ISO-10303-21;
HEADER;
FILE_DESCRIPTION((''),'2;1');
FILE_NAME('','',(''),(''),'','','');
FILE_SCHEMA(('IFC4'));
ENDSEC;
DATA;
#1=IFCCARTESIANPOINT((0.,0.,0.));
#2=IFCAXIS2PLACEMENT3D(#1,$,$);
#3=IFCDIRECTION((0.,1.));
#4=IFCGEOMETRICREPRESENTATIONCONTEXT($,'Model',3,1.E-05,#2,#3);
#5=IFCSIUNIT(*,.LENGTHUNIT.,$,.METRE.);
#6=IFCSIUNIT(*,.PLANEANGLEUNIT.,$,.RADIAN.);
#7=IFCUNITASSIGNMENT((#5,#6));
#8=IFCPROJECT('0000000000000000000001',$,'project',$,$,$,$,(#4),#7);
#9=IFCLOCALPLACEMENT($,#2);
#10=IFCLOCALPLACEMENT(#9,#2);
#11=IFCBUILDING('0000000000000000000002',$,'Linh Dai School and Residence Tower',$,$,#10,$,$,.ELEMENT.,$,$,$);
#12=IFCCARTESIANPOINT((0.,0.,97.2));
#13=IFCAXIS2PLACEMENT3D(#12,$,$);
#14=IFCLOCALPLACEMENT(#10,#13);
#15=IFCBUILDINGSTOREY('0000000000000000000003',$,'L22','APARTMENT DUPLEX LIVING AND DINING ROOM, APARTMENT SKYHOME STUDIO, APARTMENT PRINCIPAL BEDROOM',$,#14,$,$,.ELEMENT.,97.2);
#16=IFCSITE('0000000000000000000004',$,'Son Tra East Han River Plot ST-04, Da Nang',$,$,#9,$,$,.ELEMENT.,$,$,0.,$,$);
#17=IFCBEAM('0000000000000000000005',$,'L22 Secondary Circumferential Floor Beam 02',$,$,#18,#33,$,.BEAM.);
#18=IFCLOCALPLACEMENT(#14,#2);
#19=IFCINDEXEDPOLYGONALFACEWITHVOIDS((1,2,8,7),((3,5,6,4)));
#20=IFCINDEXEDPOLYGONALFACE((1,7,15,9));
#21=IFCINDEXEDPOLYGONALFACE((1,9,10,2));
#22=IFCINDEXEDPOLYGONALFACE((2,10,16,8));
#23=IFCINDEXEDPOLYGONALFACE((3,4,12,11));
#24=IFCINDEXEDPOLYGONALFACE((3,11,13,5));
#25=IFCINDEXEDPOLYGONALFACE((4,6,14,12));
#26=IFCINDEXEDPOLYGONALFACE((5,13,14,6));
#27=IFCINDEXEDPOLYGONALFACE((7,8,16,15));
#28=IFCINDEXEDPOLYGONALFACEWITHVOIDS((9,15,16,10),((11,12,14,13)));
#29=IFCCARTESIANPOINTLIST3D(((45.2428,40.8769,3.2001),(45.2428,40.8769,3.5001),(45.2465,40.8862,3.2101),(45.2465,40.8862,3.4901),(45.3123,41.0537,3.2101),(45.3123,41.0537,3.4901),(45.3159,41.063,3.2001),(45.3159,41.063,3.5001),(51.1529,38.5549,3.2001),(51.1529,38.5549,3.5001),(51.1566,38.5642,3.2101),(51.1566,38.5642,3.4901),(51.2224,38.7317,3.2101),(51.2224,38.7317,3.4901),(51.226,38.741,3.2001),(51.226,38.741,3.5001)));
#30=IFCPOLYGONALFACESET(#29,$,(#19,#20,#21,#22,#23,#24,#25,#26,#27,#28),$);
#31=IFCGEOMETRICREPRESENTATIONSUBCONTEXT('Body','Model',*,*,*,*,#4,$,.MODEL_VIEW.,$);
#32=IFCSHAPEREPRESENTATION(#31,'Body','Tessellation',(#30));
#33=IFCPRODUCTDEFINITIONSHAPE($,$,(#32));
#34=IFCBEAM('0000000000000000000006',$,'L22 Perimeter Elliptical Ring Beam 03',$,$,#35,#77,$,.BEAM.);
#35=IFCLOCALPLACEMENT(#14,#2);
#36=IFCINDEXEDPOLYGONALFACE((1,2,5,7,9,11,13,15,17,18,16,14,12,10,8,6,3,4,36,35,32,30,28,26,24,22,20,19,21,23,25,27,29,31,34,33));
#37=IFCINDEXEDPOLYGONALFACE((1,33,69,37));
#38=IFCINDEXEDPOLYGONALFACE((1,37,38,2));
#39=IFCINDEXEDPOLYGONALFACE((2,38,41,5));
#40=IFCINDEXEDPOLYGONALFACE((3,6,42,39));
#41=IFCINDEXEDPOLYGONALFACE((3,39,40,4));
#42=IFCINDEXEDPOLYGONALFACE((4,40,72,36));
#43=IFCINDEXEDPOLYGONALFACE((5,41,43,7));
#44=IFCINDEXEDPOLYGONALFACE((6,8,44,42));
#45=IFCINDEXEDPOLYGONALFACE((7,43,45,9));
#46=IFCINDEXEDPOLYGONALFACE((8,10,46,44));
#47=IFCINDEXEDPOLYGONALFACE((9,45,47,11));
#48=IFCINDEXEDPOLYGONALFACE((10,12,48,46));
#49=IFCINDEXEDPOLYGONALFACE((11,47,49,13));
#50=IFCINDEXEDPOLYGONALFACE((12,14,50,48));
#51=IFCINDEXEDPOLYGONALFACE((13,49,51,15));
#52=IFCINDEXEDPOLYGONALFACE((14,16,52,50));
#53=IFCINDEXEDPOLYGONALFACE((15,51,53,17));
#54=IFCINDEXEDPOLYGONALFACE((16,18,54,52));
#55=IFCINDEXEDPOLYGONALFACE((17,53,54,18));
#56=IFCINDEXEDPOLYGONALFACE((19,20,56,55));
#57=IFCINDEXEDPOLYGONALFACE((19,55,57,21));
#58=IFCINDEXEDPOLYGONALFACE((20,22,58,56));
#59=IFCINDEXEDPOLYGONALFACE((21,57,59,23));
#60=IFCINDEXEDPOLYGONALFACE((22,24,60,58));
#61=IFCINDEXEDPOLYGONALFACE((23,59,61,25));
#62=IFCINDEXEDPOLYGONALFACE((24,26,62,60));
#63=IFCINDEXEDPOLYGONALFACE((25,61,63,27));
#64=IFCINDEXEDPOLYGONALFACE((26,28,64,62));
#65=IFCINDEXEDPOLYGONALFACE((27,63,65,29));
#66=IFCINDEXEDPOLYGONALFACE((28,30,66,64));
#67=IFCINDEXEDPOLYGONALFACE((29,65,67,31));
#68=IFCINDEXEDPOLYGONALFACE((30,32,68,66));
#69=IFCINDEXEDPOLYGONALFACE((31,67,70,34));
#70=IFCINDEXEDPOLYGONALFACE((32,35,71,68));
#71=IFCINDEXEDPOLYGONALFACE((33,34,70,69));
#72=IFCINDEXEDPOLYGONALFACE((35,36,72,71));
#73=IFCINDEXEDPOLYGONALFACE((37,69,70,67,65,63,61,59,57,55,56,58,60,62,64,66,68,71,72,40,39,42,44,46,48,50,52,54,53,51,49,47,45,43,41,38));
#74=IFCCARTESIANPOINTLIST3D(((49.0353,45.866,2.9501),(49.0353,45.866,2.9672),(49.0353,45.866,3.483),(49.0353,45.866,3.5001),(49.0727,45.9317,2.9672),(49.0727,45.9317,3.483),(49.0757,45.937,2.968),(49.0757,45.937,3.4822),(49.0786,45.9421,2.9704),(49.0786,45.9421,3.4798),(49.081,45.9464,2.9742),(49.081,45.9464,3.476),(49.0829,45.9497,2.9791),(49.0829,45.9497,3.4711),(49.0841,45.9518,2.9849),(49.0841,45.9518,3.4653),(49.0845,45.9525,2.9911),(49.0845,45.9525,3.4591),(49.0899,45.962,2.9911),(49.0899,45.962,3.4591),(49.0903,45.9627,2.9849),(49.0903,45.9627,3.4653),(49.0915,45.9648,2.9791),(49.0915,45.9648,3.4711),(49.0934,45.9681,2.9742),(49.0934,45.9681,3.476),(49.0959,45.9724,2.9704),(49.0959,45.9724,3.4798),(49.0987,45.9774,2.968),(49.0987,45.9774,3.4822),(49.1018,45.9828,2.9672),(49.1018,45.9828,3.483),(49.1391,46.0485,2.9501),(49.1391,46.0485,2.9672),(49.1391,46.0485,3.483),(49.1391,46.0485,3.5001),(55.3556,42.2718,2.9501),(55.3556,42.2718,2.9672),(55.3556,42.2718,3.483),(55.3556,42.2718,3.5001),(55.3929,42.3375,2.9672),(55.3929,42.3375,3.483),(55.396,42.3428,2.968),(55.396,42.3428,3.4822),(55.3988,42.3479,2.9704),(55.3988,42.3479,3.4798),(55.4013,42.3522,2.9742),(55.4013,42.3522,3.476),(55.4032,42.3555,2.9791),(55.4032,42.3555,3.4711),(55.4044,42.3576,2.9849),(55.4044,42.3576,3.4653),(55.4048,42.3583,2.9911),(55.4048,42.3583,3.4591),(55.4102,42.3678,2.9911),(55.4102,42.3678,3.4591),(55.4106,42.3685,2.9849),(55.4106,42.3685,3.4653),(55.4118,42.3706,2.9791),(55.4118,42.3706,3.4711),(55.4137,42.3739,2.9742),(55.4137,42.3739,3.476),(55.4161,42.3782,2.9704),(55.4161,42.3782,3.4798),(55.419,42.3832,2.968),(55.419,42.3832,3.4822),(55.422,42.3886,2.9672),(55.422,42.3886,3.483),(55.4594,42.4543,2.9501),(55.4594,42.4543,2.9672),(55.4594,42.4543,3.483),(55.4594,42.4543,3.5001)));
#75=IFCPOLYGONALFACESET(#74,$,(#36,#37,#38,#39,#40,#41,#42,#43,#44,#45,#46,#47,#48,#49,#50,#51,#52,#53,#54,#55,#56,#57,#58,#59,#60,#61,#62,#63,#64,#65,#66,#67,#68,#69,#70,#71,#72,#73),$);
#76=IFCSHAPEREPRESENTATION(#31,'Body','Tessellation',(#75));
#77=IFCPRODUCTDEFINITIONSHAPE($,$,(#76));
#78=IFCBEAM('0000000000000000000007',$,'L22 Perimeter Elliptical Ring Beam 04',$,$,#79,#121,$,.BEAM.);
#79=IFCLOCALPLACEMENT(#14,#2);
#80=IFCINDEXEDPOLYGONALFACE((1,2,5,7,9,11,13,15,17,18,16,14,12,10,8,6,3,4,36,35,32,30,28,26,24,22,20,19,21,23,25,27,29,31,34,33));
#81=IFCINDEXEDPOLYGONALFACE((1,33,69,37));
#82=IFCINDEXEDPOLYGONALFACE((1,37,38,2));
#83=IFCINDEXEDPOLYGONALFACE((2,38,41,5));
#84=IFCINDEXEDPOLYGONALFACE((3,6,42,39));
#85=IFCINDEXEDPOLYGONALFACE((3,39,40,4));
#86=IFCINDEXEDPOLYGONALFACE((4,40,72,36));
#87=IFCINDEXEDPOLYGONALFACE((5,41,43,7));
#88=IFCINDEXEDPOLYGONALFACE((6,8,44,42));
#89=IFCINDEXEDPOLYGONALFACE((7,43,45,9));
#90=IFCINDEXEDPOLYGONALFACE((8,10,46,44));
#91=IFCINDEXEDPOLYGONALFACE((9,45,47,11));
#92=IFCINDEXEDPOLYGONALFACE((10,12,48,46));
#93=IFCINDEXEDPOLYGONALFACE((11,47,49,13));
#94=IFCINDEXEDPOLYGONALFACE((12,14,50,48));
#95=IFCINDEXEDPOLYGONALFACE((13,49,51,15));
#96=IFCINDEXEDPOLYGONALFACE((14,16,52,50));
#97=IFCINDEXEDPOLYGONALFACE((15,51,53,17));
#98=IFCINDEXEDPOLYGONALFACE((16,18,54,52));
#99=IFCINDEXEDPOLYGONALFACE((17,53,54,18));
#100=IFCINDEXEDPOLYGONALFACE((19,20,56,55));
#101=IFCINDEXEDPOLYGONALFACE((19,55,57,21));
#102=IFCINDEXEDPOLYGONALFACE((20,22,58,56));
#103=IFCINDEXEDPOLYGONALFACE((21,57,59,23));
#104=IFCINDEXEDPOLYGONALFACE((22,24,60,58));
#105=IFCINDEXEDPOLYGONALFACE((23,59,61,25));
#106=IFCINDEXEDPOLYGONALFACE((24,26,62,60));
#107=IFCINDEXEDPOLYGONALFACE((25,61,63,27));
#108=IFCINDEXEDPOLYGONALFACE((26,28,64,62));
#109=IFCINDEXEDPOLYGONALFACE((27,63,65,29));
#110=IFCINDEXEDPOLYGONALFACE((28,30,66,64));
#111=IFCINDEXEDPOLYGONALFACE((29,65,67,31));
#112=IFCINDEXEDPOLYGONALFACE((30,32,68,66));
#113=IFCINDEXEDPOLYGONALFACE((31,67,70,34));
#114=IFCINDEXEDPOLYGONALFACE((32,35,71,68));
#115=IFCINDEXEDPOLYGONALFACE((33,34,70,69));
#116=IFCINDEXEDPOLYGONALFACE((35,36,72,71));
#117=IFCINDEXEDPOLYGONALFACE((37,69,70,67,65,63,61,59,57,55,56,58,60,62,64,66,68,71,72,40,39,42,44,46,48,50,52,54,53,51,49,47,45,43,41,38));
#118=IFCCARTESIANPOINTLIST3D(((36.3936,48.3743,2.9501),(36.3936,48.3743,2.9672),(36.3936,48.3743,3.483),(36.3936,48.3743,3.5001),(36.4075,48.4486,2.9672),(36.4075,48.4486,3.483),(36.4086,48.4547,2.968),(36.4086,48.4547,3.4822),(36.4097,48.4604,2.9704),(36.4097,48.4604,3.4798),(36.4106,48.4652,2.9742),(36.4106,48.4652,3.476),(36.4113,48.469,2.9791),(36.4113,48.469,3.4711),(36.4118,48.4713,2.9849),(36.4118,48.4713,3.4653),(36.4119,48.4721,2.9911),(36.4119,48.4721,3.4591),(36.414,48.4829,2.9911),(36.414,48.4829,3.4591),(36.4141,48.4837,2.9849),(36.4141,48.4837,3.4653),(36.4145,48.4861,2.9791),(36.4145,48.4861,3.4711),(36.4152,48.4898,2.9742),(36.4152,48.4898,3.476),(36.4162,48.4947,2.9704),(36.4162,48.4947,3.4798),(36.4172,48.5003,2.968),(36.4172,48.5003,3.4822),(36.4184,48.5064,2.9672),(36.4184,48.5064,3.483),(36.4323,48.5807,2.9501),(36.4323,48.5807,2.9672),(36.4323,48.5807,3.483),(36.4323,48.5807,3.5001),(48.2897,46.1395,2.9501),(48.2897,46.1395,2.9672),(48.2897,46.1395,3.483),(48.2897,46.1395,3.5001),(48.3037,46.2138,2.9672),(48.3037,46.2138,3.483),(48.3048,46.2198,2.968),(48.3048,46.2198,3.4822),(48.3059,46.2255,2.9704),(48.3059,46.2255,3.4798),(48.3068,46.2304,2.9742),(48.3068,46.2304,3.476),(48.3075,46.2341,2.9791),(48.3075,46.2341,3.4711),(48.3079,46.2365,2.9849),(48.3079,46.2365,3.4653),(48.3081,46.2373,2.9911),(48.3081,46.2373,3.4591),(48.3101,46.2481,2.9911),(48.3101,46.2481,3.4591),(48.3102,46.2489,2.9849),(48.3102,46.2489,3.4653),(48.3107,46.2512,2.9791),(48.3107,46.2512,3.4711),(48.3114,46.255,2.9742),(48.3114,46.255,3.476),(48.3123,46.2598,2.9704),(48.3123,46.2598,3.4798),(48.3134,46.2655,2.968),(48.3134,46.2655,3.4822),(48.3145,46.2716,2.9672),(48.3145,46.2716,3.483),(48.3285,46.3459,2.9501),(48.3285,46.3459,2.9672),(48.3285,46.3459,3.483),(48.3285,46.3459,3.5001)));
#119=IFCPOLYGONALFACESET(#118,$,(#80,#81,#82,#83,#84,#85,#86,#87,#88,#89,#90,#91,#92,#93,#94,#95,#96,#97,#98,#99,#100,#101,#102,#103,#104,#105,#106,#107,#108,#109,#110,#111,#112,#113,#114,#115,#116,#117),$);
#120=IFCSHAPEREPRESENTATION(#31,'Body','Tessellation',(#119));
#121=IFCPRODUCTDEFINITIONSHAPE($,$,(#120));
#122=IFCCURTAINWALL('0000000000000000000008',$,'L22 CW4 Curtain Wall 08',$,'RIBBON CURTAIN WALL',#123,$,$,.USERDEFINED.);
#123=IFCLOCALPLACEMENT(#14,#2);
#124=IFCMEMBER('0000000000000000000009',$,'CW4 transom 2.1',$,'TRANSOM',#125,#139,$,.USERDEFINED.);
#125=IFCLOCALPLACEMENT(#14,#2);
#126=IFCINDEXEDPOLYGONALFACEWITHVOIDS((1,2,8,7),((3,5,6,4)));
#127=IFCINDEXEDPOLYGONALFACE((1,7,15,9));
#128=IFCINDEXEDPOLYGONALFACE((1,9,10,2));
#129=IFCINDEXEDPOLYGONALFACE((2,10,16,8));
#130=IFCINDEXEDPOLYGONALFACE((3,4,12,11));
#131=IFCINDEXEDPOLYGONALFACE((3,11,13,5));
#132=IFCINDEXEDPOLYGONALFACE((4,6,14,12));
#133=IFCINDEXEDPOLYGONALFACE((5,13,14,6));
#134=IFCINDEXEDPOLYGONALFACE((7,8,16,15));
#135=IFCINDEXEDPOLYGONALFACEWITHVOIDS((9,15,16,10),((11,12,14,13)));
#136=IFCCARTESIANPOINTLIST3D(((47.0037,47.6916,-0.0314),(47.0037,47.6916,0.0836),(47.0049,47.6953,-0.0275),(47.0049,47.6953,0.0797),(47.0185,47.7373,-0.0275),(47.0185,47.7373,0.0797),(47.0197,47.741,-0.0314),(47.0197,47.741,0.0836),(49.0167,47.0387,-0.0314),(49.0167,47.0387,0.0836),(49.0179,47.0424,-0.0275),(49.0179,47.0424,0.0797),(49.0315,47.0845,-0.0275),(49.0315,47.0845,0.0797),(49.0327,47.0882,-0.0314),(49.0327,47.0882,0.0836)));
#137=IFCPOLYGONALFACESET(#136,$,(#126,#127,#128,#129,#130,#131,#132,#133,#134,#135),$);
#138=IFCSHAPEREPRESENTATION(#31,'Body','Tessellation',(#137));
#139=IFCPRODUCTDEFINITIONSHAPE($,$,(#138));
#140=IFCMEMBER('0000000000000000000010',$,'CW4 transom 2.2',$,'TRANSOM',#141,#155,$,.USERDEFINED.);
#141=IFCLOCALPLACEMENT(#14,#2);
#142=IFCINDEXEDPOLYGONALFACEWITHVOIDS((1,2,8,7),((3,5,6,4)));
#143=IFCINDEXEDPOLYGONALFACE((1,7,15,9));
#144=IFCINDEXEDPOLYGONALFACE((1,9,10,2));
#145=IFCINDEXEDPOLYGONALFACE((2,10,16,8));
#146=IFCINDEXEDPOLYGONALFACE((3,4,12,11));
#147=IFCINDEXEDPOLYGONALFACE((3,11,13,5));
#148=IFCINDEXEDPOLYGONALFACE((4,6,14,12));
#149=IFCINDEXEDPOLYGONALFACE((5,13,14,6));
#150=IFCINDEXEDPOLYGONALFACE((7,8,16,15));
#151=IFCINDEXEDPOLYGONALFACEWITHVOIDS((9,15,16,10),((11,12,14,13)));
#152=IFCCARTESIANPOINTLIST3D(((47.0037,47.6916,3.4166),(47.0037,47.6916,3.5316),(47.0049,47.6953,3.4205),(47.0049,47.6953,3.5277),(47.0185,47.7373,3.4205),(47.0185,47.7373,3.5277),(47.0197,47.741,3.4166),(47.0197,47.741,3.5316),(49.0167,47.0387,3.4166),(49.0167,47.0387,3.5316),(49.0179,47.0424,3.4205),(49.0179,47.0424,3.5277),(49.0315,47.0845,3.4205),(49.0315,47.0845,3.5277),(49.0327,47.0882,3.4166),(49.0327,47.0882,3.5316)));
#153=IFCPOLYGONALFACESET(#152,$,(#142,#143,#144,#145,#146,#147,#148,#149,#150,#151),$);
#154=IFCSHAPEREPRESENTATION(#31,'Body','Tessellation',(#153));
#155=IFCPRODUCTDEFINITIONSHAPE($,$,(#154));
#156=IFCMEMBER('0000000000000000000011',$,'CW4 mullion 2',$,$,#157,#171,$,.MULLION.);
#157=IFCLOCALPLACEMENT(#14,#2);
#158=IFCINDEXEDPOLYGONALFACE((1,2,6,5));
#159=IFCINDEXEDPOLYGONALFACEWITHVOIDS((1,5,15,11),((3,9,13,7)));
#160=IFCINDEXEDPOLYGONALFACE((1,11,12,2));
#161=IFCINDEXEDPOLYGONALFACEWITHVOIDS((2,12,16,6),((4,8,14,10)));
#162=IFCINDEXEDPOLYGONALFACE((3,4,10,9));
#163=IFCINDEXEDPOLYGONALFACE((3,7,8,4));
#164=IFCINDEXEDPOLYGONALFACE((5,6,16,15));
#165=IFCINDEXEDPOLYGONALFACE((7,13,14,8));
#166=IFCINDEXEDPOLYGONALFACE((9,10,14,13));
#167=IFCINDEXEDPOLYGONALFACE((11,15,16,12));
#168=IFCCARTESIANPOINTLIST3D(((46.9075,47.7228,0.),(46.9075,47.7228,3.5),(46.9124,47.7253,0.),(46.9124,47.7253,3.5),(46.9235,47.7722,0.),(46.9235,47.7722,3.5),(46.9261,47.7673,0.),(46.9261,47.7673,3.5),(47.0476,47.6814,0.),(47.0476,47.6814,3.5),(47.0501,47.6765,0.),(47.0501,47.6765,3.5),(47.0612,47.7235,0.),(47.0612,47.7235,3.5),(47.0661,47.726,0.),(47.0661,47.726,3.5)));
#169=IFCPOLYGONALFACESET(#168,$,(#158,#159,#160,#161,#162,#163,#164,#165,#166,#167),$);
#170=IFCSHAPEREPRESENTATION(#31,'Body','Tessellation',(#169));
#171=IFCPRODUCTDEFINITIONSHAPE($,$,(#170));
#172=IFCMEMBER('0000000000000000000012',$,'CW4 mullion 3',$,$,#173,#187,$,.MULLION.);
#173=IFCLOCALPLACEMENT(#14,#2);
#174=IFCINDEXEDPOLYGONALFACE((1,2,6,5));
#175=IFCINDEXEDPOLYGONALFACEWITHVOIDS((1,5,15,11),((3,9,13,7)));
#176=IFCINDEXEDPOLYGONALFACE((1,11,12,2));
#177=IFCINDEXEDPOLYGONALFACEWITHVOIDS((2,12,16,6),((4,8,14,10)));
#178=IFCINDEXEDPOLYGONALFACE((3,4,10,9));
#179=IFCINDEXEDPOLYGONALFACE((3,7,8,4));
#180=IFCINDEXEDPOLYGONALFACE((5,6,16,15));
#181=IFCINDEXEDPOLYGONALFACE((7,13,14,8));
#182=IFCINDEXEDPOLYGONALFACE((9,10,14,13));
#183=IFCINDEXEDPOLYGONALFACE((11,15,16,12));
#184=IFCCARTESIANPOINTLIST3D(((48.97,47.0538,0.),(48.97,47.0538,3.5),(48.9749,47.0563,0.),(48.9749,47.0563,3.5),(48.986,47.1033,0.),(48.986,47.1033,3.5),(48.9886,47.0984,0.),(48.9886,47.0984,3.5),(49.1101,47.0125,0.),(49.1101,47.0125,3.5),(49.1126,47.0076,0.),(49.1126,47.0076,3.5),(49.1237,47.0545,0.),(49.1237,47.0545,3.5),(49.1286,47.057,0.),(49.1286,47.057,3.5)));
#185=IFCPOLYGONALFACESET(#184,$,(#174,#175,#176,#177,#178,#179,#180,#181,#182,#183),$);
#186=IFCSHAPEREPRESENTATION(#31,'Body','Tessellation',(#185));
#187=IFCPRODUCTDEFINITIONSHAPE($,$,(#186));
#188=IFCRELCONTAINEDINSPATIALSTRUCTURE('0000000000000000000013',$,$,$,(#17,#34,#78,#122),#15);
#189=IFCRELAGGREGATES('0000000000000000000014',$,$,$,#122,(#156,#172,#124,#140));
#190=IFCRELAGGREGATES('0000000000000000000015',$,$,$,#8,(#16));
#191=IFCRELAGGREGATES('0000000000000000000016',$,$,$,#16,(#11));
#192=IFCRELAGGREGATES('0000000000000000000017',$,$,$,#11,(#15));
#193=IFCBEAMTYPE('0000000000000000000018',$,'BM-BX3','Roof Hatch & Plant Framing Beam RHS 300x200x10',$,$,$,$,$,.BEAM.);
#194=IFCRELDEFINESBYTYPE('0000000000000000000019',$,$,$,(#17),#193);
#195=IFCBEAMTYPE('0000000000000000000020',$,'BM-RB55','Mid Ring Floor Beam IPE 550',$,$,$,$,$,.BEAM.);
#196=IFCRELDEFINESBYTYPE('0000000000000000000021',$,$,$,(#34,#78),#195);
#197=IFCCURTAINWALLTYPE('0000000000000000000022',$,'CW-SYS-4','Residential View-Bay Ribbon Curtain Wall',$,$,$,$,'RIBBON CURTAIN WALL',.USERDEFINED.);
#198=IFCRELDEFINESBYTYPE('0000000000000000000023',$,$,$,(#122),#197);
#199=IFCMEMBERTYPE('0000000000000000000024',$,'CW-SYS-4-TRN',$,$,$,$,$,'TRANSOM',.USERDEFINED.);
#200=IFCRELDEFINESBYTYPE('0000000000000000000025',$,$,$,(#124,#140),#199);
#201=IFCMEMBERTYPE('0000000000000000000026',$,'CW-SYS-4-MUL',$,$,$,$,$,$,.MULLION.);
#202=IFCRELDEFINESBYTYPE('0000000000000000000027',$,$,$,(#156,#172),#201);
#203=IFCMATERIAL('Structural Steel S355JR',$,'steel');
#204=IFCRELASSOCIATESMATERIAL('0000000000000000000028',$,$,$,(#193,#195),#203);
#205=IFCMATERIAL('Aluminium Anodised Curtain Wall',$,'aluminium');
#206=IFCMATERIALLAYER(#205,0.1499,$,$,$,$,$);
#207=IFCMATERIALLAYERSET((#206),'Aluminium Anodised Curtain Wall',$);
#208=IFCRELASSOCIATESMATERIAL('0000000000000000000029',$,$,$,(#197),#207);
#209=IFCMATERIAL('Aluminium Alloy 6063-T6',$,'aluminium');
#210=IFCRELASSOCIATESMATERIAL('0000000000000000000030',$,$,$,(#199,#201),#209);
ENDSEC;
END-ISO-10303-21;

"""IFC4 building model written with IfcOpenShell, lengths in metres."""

from ifc_helpers import new_model, si_unit, direction, frame, origin, origin_2d, place, context, subcontext, project, spatial, hollow_rectangle, i_section, extrude, source, transform, mapped, material, layer, layer_set, material_profile, profile_set, type_object, element, aggregate, save


model = new_model("IFC4")

# Units and contexts
model_context = context("Model", 3, precision=1e-05, world=origin(), true_north=direction((0.0, 1.0)))
body_context = subcontext(model_context, "Body", "Model", "MODEL_VIEW")
ifc_project = project(units=[si_unit("LENGTHUNIT", "METRE"), si_unit("PLANEANGLEUNIT", "RADIAN")], contexts=[model_context])

# Site, building, storey
site_placement = place(None, origin())
site = spatial("IfcSite", under=ifc_project, at=site_placement, Name="Son Tra East Han River Plot ST-04, Da Nang", CompositionType="ELEMENT", RefElevation=0.0)
building_placement = place(site_placement, origin())
building = spatial("IfcBuilding", under=site, at=building_placement, Name="Linh Dai School and Residence Tower", CompositionType="ELEMENT")
storey_placement = place(building_placement, frame((0.0, 0.0, 97.2)))
storey = spatial("IfcBuildingStorey", under=building, at=storey_placement, Name="L22", Description="APARTMENT DUPLEX LIVING AND DINING ROOM, APARTMENT SKYHOME STUDIO, APARTMENT PRINCIPAL BEDROOM", CompositionType="ELEMENT", Elevation=97.2)

# Shared definitions
ifc_material_1 = material(Name="Structural Steel S355JR", Category="steel")

# Beams
ifc_material_profile_1 = material_profile(ifc_material_1, hollow_rectangle(XDim=0.2, YDim=0.3, WallThickness=0.01, at=origin_2d()), Name="RHS 300x200x10")
ifc_profile_set_1 = profile_set([ifc_material_profile_1], Name="Structural Steel S355JR")
beam_type_1 = type_object("IfcBeamType", Name="BM-BX3", Description="Roof Hatch & Plant Framing Beam RHS 300x200x10", PredefinedType="BEAM", material=ifc_profile_set_1)
beam_1_placement = place(storey_placement, frame((51.1895, 38.6479, 3.3501), z_axis=(-0.930742, 0.365676, 0.0), x_axis=(-0.365676, -0.930742, 0.0)))
element("IfcBeam", 1, at=beam_1_placement, inside=storey, type_object=beam_type_1, Name="L22 Secondary Circumferential Floor Beam 02", PredefinedType="BEAM", context=body_context, shape_type="SweptSolid", body=[
    extrude(hollow_rectangle(XDim=0.2, YDim=0.3, WallThickness=0.01, at=origin_2d()), origin(), (0.0, 0.0, 1.0), 6.3499),
])
ifc_material_profile_2 = material_profile(ifc_material_1, i_section(OverallWidth=0.21, OverallDepth=0.55, WebThickness=0.011, FlangeThickness=0.0171, FilletRadius=0.0239, at=origin_2d()), Name="IPE 550")
ifc_profile_set_2 = profile_set([ifc_material_profile_2], Name="Structural Steel S355JR")
beam_type_2 = type_object("IfcBeamType", Name="BM-RB55", Description="Mid Ring Floor Beam IPE 550", PredefinedType="BEAM", material=ifc_profile_set_2)
beam_2_placement = place(storey_placement, frame((55.4075, 42.363, 3.2251), z_axis=(-0.86927, 0.494337, 0.0), x_axis=(-0.494337, -0.86927, 0.0)))
element("IfcBeam", 2, at=beam_2_placement, inside=storey, type_object=beam_type_2, Name="L22 Perimeter Elliptical Ring Beam 03", PredefinedType="BEAM", context=body_context, shape_type="SweptSolid", body=[
    extrude(i_section(OverallWidth=0.21, OverallDepth=0.55, WebThickness=0.011, FlangeThickness=0.0171, FilletRadius=0.0239, at=origin_2d()), origin(), (0.0, 0.0, 1.0), 7.2708),
])
beam_3_placement = place(storey_placement, frame((48.3091, 46.2427, 3.2251), z_axis=(-0.982808, 0.184633, 0.0), x_axis=(-0.184633, -0.982808, 0.0)))
element("IfcBeam", 3, at=beam_3_placement, inside=storey, type_object=beam_type_2, Name="L22 Perimeter Elliptical Ring Beam 04", PredefinedType="BEAM", context=body_context, shape_type="SweptSolid", body=[
    extrude(i_section(OverallWidth=0.21, OverallDepth=0.55, WebThickness=0.011, FlangeThickness=0.0171, FilletRadius=0.0239, at=origin_2d()), origin(), (0.0, 0.0, 1.0), 12.1042),
])

# Curtain wall, members
ifc_material_2 = material(Name="Aluminium Anodised Curtain Wall", Category="aluminium")
ifc_layer_1 = layer(ifc_material_2, 0.1499)
ifc_layer_set_1 = layer_set([ifc_layer_1], Name="Aluminium Anodised Curtain Wall")
curtain_wall_type = type_object("IfcCurtainWallType", Name="CW-SYS-4", Description="Residential View-Bay Ribbon Curtain Wall", ElementType="RIBBON CURTAIN WALL", PredefinedType="USERDEFINED", material=ifc_layer_set_1)
curtain_wall_placement = place(storey_placement, origin())
curtain_wall = element("IfcCurtainWall", 4, at=curtain_wall_placement, inside=storey, type_object=curtain_wall_type, Name="L22 CW4 Curtain Wall 08", ObjectType="RIBBON CURTAIN WALL", PredefinedType="USERDEFINED")
ifc_material_3 = material(Name="Aluminium Alloy 6063-T6", Category="aluminium")
ifc_material_profile_3 = material_profile(ifc_material_3, hollow_rectangle(XDim=0.052, YDim=0.115, WallThickness=0.0039, at=origin_2d()), Name="RHS 115x52x4")
ifc_profile_set_3 = profile_set([ifc_material_profile_3], Name="Aluminium Alloy 6063-T6")
member_type_1 = type_object("IfcMemberType", Name="CW-SYS-4-TRN", ElementType="TRANSOM", PredefinedType="USERDEFINED", material=ifc_profile_set_3)
shared_shape_1 = source(origin(), body_context, "Body", "SweptSolid", [
    extrude(hollow_rectangle(XDim=0.052, YDim=0.115, WallThickness=0.0039, at=origin_2d()), origin(), (0.0, 0.0, 1.0), 2.1162),
])
member_1_placement = place(storey_placement, frame((47.0117, 47.7163, 0.0261), z_axis=(0.951225, -0.308499, 0.0), x_axis=(0.308499, 0.951225, 0.0)))
member_1 = element("IfcMember", 5, at=member_1_placement, type_object=member_type_1, Name="CW4 transom 2.1", ObjectType="TRANSOM", PredefinedType="USERDEFINED", context=body_context, shape_type="MappedRepresentation", body=[
    mapped(shared_shape_1, transform((0.0, 0.0, 0.0), x_axis=(1.0, 0.0, 0.0), y_axis=(0.0, 1.0, 0.0), z_axis=(0.0, 0.0, 1.0), scale=1.0)),
])
member_2_placement = place(storey_placement, frame((47.0117, 47.7163, 3.4741), z_axis=(0.951225, -0.308499, 0.0), x_axis=(0.308499, 0.951225, 0.0)))
member_2 = element("IfcMember", 6, at=member_2_placement, type_object=member_type_1, Name="CW4 transom 2.2", ObjectType="TRANSOM", PredefinedType="USERDEFINED", context=body_context, shape_type="MappedRepresentation", body=[
    mapped(shared_shape_1, transform((0.0, 0.0, 0.0), x_axis=(1.0, 0.0, 0.0), y_axis=(0.0, 1.0, 0.0), z_axis=(0.0, 0.0, 1.0), scale=1.0)),
])
ifc_material_profile_4 = material_profile(ifc_material_3, hollow_rectangle(XDim=0.052, YDim=0.1499, WallThickness=0.0039, at=origin_2d()), Name="RHS 150x52x4")
ifc_profile_set_4 = profile_set([ifc_material_profile_4], Name="Aluminium Alloy 6063-T6")
member_type_2 = type_object("IfcMemberType", Name="CW-SYS-4-MUL", PredefinedType="MULLION", material=ifc_profile_set_4)
shared_shape_2 = source(origin(), body_context, "Body", "SweptSolid", [
    extrude(hollow_rectangle(XDim=0.052, YDim=0.1499, WallThickness=0.0039, at=origin_2d()), origin(), (0.0, 0.0, 1.0), 3.5),
])
member_3_placement = place(storey_placement, frame((46.9868, 47.7244, 0.0), z_axis=(0.0, 0.0, 1.0), x_axis=(0.308522, 0.951217, 0.0)))
member_3 = element("IfcMember", 7, at=member_3_placement, type_object=member_type_2, Name="CW4 mullion 2", PredefinedType="MULLION", context=body_context, shape_type="MappedRepresentation", body=[
    mapped(shared_shape_2, transform((0.0, 0.0, 0.0), x_axis=(1.0, 0.0, 0.0), y_axis=(0.0, 1.0, 0.0), z_axis=(0.0, 0.0, 1.0), scale=1.0)),
])
member_4_placement = place(storey_placement, frame((49.0493, 47.0554, 0.0), z_axis=(0.0, 0.0, 1.0), x_axis=(0.308522, 0.951217, 0.0)))
member_4 = element("IfcMember", 8, at=member_4_placement, type_object=member_type_2, Name="CW4 mullion 3", PredefinedType="MULLION", context=body_context, shape_type="MappedRepresentation", body=[
    mapped(shared_shape_2, transform((0.0, 0.0, 0.0), x_axis=(1.0, 0.0, 0.0), y_axis=(0.0, 1.0, 0.0), z_axis=(0.0, 0.0, 1.0), scale=1.0)),
])

aggregate(curtain_wall, [member_3, member_4, member_1, member_2])

save(model, "model.ifc")
